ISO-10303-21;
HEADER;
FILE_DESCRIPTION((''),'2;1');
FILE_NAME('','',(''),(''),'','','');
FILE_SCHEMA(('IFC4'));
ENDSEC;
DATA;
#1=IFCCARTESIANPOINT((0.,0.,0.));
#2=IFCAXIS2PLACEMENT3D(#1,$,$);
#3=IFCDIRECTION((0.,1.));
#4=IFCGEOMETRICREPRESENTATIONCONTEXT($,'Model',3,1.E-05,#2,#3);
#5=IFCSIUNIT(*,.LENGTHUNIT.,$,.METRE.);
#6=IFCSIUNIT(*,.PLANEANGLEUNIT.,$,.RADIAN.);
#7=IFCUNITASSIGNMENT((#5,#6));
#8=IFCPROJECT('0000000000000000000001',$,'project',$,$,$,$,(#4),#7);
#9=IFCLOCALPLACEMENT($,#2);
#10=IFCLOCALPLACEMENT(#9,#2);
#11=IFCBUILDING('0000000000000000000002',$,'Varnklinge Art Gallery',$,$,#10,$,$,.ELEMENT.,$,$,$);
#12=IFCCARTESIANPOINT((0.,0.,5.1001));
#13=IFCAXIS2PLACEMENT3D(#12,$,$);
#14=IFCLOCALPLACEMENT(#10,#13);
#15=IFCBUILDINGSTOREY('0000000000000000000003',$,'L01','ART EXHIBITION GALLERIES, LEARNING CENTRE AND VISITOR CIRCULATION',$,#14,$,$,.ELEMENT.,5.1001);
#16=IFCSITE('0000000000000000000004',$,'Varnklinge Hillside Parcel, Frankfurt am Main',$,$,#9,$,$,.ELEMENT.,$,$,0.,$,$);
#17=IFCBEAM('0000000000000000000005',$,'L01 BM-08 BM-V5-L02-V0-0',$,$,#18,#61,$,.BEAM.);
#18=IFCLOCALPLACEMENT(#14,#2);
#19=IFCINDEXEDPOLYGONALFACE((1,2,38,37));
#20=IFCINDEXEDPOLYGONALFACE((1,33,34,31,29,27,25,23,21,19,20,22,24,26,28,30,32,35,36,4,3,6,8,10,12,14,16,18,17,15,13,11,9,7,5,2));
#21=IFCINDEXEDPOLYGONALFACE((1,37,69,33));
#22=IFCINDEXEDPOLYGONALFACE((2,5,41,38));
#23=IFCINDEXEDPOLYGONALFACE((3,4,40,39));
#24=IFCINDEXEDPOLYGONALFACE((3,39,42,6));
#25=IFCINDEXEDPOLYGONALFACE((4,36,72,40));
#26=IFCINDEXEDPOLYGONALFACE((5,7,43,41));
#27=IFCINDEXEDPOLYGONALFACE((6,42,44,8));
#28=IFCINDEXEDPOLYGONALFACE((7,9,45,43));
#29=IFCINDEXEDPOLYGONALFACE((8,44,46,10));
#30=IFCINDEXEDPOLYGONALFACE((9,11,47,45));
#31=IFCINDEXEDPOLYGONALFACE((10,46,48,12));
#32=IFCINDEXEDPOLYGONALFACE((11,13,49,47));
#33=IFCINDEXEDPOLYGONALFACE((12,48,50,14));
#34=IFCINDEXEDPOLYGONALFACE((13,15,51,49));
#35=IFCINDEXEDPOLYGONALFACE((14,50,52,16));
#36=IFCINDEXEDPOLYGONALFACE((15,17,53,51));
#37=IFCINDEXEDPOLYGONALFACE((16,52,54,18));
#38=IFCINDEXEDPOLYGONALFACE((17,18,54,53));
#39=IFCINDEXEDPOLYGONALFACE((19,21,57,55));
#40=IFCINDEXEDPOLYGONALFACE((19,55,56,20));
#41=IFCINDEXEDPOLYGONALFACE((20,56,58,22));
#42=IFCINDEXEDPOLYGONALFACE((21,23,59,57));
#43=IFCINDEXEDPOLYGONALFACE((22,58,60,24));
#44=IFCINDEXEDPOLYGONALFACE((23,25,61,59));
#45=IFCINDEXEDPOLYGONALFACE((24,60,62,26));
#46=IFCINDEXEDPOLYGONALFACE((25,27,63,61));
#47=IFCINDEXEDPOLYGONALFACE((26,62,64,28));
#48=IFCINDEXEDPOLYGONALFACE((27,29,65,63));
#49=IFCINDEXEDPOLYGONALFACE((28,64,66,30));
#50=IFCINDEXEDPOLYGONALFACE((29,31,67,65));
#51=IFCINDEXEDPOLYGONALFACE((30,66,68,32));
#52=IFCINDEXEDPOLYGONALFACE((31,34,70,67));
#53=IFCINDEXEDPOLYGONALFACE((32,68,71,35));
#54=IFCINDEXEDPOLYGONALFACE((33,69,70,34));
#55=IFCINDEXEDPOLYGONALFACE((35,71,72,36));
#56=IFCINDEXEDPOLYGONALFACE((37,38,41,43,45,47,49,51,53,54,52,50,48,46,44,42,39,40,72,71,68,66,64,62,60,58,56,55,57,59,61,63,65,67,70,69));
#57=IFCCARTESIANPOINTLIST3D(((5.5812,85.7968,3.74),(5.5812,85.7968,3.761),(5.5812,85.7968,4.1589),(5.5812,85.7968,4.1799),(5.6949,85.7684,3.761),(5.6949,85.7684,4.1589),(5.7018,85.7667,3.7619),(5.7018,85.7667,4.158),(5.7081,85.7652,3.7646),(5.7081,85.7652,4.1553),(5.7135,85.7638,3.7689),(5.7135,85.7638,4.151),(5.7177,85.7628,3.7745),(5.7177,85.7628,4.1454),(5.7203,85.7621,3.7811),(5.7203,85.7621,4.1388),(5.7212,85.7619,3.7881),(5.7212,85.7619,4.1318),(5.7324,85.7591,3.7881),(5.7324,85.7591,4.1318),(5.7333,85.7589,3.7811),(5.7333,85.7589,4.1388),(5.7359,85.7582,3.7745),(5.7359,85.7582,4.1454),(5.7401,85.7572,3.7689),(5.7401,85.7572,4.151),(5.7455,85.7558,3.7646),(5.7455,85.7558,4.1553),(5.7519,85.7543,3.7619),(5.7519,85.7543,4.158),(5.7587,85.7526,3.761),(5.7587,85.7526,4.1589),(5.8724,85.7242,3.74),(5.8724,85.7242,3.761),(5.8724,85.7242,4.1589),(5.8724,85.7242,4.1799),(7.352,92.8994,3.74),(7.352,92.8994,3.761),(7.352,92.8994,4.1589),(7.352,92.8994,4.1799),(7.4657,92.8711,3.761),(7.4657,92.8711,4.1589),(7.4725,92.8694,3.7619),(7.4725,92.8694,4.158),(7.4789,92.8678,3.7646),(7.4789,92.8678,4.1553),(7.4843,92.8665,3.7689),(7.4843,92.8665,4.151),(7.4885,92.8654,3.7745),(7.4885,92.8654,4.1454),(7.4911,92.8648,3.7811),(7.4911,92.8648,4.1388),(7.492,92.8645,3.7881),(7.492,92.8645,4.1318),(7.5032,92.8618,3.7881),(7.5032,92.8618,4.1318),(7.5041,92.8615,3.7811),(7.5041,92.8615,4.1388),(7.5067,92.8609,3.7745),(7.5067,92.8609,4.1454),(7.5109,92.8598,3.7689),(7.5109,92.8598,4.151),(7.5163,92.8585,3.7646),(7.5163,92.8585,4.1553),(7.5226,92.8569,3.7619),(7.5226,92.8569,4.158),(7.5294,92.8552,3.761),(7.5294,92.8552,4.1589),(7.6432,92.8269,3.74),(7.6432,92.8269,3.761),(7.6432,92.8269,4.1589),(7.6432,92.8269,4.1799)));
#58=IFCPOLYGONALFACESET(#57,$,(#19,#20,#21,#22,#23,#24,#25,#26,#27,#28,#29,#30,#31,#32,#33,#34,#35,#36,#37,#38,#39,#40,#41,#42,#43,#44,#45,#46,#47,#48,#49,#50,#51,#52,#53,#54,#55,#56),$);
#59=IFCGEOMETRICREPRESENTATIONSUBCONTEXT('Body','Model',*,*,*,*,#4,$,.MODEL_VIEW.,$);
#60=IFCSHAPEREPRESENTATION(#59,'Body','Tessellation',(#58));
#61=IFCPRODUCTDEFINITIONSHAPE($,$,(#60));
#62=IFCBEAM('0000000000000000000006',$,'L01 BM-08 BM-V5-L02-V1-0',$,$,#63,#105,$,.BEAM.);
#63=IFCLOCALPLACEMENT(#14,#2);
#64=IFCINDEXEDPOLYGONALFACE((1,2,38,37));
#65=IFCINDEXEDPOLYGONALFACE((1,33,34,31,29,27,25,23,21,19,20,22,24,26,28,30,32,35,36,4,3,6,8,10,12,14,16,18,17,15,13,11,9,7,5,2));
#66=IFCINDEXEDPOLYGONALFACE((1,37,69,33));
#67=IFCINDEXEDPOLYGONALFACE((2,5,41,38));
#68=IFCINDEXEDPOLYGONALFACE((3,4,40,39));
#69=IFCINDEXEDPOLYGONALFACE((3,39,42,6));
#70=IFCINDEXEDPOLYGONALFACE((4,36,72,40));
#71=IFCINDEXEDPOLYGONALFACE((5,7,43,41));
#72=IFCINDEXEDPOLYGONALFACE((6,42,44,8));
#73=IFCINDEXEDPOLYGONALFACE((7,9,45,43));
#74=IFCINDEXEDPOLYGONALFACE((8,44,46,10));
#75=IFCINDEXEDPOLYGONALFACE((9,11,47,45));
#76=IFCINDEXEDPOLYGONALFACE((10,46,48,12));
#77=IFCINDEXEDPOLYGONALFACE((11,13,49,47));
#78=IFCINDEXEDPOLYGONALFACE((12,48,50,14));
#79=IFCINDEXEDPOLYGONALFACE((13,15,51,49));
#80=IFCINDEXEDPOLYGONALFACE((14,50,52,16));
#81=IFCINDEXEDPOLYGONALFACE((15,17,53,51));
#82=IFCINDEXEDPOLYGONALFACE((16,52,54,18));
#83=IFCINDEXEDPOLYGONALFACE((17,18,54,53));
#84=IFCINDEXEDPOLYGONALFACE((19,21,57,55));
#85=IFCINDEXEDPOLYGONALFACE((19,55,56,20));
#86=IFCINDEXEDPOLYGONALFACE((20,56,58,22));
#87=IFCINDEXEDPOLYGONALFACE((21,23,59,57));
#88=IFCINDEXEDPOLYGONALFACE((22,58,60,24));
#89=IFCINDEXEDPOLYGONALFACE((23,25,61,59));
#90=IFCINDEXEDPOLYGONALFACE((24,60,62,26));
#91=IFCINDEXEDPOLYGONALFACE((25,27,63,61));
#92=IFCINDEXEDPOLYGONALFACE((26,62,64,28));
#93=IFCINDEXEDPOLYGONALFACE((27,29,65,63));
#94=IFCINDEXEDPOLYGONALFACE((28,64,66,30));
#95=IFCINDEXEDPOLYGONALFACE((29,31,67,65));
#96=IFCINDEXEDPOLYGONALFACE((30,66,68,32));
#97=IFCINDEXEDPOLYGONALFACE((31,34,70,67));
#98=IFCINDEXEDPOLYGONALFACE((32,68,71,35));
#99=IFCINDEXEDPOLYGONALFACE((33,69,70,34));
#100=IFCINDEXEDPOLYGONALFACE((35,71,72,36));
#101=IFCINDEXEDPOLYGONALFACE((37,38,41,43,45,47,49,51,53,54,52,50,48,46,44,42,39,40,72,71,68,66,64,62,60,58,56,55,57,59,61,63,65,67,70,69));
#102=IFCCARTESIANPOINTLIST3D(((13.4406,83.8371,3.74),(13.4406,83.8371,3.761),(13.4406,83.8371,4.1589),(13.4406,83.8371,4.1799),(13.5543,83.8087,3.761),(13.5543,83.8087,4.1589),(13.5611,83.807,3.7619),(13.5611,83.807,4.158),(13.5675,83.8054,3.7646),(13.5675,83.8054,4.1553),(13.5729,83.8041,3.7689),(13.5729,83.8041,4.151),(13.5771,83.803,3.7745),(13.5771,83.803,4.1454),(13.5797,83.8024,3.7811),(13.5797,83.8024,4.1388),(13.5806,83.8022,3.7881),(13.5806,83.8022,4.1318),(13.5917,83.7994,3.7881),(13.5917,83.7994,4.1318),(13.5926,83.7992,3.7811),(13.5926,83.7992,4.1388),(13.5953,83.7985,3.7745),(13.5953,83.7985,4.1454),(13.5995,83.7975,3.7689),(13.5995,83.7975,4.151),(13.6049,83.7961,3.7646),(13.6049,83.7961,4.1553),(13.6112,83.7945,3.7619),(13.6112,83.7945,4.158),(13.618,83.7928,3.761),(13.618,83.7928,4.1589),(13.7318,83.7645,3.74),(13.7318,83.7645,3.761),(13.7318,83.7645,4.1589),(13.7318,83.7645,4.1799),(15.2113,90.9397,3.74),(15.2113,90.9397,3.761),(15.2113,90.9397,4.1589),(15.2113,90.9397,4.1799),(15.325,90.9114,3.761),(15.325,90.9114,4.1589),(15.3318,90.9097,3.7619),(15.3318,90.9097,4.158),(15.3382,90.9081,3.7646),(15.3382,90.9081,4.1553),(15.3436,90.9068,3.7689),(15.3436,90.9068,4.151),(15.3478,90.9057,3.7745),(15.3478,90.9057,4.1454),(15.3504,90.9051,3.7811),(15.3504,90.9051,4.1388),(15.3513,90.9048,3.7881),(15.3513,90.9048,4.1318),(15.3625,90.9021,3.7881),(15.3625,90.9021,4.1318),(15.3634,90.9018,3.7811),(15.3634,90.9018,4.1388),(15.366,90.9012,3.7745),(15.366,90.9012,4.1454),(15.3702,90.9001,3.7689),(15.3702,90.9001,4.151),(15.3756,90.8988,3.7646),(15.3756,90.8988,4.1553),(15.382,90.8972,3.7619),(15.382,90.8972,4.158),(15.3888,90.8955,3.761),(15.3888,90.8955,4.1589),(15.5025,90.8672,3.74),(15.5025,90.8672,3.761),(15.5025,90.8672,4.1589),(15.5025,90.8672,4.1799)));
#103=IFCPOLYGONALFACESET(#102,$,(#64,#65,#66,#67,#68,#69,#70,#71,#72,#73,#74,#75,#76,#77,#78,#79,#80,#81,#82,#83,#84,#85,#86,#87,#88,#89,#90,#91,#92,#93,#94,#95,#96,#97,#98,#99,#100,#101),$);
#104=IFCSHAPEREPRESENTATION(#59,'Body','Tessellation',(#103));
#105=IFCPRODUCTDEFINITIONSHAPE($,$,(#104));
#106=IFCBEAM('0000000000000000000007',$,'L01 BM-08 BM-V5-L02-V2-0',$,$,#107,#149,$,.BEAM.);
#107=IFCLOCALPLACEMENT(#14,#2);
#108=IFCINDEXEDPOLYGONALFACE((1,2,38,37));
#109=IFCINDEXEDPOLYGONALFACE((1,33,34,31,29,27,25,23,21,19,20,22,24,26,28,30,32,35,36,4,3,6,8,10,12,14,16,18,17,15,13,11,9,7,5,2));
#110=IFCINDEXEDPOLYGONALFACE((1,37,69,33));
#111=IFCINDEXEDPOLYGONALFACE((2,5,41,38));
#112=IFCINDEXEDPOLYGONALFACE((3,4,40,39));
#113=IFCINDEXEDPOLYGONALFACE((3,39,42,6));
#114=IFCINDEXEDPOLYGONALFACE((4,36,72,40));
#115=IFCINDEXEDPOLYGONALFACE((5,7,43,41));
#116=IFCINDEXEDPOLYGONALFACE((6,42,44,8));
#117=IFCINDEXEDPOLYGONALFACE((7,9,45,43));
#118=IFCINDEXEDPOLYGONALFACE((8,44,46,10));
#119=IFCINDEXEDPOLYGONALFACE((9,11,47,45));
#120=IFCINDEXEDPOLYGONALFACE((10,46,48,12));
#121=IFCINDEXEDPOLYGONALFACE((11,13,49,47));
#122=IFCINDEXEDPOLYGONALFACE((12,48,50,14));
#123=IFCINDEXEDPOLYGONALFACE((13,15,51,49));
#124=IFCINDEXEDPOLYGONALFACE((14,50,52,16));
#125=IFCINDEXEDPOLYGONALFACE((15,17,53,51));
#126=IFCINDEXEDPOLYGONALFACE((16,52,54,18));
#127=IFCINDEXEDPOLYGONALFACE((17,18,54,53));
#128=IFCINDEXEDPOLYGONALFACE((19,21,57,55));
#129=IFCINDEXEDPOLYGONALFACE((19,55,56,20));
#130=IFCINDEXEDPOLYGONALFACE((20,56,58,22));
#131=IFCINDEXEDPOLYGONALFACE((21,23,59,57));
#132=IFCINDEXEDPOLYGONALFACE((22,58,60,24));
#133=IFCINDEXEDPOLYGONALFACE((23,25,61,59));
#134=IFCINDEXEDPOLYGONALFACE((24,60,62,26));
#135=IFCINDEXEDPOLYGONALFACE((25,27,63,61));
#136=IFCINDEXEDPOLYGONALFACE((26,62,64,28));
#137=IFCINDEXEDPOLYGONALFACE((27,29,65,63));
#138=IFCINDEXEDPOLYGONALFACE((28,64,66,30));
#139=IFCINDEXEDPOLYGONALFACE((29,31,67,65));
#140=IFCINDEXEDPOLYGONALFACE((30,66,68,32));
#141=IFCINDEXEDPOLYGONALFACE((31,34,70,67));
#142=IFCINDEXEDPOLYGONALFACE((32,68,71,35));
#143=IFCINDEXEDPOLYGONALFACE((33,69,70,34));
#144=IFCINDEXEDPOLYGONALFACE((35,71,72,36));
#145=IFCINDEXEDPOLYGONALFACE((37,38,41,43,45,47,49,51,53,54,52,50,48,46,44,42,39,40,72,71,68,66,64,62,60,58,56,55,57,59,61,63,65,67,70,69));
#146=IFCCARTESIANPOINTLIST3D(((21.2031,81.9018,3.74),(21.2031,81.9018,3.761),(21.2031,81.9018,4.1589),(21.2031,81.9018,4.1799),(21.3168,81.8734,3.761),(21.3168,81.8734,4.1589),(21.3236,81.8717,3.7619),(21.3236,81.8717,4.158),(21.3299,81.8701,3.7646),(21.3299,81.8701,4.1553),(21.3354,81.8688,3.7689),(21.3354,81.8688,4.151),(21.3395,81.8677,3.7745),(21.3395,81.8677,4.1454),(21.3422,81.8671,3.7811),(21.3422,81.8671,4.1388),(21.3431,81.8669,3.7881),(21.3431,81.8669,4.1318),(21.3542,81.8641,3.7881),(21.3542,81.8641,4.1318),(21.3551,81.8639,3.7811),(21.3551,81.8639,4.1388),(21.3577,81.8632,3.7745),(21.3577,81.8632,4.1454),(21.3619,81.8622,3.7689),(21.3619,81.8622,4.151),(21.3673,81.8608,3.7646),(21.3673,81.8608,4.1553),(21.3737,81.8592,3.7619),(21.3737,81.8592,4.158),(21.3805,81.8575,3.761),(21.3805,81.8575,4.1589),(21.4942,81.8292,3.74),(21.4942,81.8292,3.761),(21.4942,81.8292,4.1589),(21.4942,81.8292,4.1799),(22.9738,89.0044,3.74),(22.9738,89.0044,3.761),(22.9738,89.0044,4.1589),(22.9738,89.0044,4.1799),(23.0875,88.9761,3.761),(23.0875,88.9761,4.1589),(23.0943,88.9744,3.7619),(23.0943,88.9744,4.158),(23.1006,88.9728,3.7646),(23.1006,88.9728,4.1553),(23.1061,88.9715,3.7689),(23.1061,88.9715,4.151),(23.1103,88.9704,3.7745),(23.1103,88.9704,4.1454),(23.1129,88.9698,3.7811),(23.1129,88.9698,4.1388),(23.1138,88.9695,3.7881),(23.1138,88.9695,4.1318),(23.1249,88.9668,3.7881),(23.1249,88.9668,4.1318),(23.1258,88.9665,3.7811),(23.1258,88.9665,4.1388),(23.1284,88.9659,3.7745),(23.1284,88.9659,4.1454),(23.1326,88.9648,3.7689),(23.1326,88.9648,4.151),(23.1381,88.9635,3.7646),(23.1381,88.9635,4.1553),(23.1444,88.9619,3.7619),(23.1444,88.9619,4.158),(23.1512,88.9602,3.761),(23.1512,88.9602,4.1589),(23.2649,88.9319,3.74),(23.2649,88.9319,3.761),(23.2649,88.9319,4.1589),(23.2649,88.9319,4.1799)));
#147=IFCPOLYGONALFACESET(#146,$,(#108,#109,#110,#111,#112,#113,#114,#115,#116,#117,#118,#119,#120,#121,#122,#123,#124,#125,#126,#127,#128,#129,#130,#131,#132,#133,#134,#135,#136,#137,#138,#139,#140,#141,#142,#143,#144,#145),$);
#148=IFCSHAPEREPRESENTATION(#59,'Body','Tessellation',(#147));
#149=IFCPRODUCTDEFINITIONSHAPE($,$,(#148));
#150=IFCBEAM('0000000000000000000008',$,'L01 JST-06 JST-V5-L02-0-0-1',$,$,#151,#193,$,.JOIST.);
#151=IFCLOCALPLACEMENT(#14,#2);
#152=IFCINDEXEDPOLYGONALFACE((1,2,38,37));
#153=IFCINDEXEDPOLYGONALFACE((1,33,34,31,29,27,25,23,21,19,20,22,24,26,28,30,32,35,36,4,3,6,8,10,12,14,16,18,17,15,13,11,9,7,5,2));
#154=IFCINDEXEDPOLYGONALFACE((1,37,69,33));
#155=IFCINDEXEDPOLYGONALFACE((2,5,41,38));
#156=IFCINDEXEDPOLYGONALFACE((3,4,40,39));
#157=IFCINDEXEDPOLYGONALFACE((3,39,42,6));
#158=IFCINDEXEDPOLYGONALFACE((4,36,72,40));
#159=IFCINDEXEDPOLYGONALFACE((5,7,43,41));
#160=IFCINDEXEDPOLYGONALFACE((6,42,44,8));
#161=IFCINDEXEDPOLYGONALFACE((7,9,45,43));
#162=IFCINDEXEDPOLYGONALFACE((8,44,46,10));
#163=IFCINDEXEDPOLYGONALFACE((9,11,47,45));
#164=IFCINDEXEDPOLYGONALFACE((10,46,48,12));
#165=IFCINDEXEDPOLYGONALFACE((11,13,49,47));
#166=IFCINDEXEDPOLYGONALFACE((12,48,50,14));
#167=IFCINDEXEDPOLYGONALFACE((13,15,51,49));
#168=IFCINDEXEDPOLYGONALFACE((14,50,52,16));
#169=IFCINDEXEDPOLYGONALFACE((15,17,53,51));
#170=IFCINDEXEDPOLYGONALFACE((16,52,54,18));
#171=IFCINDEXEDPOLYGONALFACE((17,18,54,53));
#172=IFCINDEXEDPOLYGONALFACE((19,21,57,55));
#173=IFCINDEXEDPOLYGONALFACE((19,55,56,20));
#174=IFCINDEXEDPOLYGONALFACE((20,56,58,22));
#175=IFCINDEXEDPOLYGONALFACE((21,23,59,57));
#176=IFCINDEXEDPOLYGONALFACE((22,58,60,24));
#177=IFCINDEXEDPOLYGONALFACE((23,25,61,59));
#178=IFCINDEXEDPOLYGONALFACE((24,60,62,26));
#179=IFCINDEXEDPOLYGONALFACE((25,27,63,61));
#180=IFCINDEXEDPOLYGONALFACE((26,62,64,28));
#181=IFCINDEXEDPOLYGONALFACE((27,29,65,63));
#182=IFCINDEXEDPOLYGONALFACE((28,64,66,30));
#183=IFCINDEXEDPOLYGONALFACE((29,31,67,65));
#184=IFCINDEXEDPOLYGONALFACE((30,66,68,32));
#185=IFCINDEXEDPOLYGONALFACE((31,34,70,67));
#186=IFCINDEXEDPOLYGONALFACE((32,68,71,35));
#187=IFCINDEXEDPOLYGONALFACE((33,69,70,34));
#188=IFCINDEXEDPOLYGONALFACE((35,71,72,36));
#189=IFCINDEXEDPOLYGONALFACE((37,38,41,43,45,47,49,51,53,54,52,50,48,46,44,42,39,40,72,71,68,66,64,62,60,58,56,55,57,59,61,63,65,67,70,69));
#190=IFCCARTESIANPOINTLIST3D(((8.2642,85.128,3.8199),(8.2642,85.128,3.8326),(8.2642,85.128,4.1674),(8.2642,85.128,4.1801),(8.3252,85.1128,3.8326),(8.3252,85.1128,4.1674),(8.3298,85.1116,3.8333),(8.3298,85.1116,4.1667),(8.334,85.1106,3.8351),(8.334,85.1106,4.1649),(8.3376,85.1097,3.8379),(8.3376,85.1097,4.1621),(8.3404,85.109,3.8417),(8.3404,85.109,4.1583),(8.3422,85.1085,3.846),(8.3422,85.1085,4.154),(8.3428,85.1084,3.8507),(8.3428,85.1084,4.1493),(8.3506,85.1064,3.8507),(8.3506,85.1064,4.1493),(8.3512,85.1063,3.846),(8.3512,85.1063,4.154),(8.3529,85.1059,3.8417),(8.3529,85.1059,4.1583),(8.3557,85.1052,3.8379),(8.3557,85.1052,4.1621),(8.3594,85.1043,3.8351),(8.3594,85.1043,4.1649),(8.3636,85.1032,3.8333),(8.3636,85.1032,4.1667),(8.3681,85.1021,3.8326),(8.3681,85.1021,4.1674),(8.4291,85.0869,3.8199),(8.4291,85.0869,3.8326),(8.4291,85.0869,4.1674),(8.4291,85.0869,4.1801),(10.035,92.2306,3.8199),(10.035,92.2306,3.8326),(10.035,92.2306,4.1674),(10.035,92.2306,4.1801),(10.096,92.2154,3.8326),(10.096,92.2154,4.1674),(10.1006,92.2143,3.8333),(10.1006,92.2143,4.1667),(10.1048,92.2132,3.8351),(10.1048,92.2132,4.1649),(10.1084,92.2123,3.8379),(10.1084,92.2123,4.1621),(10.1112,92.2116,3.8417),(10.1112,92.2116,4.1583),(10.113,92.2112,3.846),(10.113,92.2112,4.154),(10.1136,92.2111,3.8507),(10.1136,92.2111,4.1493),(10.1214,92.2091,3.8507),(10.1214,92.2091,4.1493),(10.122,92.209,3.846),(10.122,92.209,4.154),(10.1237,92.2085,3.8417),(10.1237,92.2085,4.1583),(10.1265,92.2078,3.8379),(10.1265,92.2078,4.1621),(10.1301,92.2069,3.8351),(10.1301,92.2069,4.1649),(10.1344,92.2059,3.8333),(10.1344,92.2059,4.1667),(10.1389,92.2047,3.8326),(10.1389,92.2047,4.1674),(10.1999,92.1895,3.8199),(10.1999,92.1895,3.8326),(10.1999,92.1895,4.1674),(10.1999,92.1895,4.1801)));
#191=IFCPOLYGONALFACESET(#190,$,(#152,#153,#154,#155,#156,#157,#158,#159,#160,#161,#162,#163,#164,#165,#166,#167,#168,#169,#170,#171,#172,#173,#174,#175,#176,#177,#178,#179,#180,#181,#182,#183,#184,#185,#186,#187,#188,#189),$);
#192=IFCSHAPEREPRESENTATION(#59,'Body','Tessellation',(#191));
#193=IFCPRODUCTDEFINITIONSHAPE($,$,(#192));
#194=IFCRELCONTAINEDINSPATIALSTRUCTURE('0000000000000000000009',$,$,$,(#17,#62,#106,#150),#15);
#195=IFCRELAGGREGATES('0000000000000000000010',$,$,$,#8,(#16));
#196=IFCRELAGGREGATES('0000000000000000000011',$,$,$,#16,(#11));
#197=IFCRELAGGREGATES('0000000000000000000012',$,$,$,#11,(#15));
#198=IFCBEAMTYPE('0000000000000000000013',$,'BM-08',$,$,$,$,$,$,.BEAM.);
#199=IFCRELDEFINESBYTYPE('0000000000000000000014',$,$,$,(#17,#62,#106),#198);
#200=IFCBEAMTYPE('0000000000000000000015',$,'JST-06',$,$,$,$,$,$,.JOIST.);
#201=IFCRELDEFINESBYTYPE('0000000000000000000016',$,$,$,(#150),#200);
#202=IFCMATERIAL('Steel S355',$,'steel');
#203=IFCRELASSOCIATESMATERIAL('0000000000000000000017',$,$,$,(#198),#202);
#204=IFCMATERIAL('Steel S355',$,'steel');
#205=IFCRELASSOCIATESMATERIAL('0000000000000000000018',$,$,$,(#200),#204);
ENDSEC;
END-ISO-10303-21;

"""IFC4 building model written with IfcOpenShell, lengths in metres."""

from ifc_helpers import new_model, si_unit, direction, frame, origin, origin_2d, place, context, subcontext, project, spatial, i_section, extrude, material, material_profile, profile_set, type_object, element, save


model = new_model("IFC4")

# Units and contexts
model_context = context("Model", 3, precision=1e-05, world=origin(), true_north=direction((0.0, 1.0)))
body_context = subcontext(model_context, "Body", "Model", "MODEL_VIEW")
ifc_project = project(units=[si_unit("LENGTHUNIT", "METRE"), si_unit("PLANEANGLEUNIT", "RADIAN")], contexts=[model_context])

# Site, building, storey
site_placement = place(None, origin())
site = spatial("IfcSite", under=ifc_project, at=site_placement, Name="Varnklinge Hillside Parcel, Frankfurt am Main", CompositionType="ELEMENT", RefElevation=0.0)
building_placement = place(site_placement, origin())
building = spatial("IfcBuilding", under=site, at=building_placement, Name="Varnklinge Art Gallery", CompositionType="ELEMENT")
storey_placement = place(building_placement, frame((0.0, 0.0, 5.1001)))
storey = spatial("IfcBuildingStorey", under=building, at=storey_placement, Name="L01", Description="ART EXHIBITION GALLERIES, LEARNING CENTRE AND VISITOR CIRCULATION", CompositionType="ELEMENT", Elevation=5.1001)

# Beams
ifc_material_1 = material(Name="Steel S355", Category="steel")
ifc_material_profile_1 = material_profile(ifc_material_1, i_section(OverallWidth=0.3, OverallDepth=0.4399, WebThickness=0.0115, FlangeThickness=0.021, FilletRadius=0.0271, at=origin_2d()), Name="HEA 450")
ifc_profile_set_1 = profile_set([ifc_material_profile_1], Name="Steel S355")
beam_type_1 = type_object("IfcBeamType", Name="BM-08", PredefinedType="BEAM", material=ifc_profile_set_1)
for number, where, z_axis, x_axis, name in (
    (1, (5.7268, 85.7605, 3.96), (0.241908, 0.970299, 0.0), (-0.970299, 0.241908, 0.0), "L01 BM-08 BM-V5-L02-V0-0"),
    (2, (13.5862, 83.8008, 3.96), (0.2419, 0.970301, 0.0), (-0.970301, 0.2419, 0.0), "L01 BM-08 BM-V5-L02-V1-0"),
    (3, (21.3486, 81.8655, 3.96), (0.2419, 0.970301, 0.0), (-0.970301, 0.2419, 0.0), "L01 BM-08 BM-V5-L02-V2-0"),
):
    element("IfcBeam", number, at=place(storey_placement, frame(where, z_axis=z_axis, x_axis=x_axis)), inside=storey, type_object=beam_type_1, Name=name, PredefinedType="BEAM", context=body_context, shape_type="SweptSolid", body=[
        extrude(i_section(OverallWidth=0.3, OverallDepth=0.4399, WebThickness=0.0115, FlangeThickness=0.021, FilletRadius=0.0271, at=origin_2d()), origin(), (0.0, 0.0, 1.0), 7.3201),
    ])
ifc_material_2 = material(Name="Steel S355", Category="steel")
ifc_material_profile_2 = material_profile(ifc_material_2, i_section(OverallWidth=0.1699, OverallDepth=0.3601, WebThickness=0.0081, FlangeThickness=0.0127, FilletRadius=0.0181, at=origin_2d()), Name="IPE 360")
ifc_profile_set_2 = profile_set([ifc_material_profile_2], Name="Steel S355")
beam_type_2 = type_object("IfcBeamType", Name="JST-06", PredefinedType="JOIST", material=ifc_profile_set_2)
for number, where, z_axis, x_axis, name in (
    (4, (8.3467, 85.1074, 4.0), (0.241908, 0.970299, 0.0), (-0.970299, 0.241908, 0.0), "L01 JST-06 JST-V5-L02-0-0-1"),
):
    element("IfcBeam", number, at=place(storey_placement, frame(where, z_axis=z_axis, x_axis=x_axis)), inside=storey, type_object=beam_type_2, Name=name, PredefinedType="JOIST", context=body_context, shape_type="SweptSolid", body=[
        extrude(i_section(OverallWidth=0.1699, OverallDepth=0.3601, WebThickness=0.0081, FlangeThickness=0.0127, FilletRadius=0.0181, at=origin_2d()), origin(), (0.0, 0.0, 1.0), 7.3201),
    ])

save(model, "model.ifc")
